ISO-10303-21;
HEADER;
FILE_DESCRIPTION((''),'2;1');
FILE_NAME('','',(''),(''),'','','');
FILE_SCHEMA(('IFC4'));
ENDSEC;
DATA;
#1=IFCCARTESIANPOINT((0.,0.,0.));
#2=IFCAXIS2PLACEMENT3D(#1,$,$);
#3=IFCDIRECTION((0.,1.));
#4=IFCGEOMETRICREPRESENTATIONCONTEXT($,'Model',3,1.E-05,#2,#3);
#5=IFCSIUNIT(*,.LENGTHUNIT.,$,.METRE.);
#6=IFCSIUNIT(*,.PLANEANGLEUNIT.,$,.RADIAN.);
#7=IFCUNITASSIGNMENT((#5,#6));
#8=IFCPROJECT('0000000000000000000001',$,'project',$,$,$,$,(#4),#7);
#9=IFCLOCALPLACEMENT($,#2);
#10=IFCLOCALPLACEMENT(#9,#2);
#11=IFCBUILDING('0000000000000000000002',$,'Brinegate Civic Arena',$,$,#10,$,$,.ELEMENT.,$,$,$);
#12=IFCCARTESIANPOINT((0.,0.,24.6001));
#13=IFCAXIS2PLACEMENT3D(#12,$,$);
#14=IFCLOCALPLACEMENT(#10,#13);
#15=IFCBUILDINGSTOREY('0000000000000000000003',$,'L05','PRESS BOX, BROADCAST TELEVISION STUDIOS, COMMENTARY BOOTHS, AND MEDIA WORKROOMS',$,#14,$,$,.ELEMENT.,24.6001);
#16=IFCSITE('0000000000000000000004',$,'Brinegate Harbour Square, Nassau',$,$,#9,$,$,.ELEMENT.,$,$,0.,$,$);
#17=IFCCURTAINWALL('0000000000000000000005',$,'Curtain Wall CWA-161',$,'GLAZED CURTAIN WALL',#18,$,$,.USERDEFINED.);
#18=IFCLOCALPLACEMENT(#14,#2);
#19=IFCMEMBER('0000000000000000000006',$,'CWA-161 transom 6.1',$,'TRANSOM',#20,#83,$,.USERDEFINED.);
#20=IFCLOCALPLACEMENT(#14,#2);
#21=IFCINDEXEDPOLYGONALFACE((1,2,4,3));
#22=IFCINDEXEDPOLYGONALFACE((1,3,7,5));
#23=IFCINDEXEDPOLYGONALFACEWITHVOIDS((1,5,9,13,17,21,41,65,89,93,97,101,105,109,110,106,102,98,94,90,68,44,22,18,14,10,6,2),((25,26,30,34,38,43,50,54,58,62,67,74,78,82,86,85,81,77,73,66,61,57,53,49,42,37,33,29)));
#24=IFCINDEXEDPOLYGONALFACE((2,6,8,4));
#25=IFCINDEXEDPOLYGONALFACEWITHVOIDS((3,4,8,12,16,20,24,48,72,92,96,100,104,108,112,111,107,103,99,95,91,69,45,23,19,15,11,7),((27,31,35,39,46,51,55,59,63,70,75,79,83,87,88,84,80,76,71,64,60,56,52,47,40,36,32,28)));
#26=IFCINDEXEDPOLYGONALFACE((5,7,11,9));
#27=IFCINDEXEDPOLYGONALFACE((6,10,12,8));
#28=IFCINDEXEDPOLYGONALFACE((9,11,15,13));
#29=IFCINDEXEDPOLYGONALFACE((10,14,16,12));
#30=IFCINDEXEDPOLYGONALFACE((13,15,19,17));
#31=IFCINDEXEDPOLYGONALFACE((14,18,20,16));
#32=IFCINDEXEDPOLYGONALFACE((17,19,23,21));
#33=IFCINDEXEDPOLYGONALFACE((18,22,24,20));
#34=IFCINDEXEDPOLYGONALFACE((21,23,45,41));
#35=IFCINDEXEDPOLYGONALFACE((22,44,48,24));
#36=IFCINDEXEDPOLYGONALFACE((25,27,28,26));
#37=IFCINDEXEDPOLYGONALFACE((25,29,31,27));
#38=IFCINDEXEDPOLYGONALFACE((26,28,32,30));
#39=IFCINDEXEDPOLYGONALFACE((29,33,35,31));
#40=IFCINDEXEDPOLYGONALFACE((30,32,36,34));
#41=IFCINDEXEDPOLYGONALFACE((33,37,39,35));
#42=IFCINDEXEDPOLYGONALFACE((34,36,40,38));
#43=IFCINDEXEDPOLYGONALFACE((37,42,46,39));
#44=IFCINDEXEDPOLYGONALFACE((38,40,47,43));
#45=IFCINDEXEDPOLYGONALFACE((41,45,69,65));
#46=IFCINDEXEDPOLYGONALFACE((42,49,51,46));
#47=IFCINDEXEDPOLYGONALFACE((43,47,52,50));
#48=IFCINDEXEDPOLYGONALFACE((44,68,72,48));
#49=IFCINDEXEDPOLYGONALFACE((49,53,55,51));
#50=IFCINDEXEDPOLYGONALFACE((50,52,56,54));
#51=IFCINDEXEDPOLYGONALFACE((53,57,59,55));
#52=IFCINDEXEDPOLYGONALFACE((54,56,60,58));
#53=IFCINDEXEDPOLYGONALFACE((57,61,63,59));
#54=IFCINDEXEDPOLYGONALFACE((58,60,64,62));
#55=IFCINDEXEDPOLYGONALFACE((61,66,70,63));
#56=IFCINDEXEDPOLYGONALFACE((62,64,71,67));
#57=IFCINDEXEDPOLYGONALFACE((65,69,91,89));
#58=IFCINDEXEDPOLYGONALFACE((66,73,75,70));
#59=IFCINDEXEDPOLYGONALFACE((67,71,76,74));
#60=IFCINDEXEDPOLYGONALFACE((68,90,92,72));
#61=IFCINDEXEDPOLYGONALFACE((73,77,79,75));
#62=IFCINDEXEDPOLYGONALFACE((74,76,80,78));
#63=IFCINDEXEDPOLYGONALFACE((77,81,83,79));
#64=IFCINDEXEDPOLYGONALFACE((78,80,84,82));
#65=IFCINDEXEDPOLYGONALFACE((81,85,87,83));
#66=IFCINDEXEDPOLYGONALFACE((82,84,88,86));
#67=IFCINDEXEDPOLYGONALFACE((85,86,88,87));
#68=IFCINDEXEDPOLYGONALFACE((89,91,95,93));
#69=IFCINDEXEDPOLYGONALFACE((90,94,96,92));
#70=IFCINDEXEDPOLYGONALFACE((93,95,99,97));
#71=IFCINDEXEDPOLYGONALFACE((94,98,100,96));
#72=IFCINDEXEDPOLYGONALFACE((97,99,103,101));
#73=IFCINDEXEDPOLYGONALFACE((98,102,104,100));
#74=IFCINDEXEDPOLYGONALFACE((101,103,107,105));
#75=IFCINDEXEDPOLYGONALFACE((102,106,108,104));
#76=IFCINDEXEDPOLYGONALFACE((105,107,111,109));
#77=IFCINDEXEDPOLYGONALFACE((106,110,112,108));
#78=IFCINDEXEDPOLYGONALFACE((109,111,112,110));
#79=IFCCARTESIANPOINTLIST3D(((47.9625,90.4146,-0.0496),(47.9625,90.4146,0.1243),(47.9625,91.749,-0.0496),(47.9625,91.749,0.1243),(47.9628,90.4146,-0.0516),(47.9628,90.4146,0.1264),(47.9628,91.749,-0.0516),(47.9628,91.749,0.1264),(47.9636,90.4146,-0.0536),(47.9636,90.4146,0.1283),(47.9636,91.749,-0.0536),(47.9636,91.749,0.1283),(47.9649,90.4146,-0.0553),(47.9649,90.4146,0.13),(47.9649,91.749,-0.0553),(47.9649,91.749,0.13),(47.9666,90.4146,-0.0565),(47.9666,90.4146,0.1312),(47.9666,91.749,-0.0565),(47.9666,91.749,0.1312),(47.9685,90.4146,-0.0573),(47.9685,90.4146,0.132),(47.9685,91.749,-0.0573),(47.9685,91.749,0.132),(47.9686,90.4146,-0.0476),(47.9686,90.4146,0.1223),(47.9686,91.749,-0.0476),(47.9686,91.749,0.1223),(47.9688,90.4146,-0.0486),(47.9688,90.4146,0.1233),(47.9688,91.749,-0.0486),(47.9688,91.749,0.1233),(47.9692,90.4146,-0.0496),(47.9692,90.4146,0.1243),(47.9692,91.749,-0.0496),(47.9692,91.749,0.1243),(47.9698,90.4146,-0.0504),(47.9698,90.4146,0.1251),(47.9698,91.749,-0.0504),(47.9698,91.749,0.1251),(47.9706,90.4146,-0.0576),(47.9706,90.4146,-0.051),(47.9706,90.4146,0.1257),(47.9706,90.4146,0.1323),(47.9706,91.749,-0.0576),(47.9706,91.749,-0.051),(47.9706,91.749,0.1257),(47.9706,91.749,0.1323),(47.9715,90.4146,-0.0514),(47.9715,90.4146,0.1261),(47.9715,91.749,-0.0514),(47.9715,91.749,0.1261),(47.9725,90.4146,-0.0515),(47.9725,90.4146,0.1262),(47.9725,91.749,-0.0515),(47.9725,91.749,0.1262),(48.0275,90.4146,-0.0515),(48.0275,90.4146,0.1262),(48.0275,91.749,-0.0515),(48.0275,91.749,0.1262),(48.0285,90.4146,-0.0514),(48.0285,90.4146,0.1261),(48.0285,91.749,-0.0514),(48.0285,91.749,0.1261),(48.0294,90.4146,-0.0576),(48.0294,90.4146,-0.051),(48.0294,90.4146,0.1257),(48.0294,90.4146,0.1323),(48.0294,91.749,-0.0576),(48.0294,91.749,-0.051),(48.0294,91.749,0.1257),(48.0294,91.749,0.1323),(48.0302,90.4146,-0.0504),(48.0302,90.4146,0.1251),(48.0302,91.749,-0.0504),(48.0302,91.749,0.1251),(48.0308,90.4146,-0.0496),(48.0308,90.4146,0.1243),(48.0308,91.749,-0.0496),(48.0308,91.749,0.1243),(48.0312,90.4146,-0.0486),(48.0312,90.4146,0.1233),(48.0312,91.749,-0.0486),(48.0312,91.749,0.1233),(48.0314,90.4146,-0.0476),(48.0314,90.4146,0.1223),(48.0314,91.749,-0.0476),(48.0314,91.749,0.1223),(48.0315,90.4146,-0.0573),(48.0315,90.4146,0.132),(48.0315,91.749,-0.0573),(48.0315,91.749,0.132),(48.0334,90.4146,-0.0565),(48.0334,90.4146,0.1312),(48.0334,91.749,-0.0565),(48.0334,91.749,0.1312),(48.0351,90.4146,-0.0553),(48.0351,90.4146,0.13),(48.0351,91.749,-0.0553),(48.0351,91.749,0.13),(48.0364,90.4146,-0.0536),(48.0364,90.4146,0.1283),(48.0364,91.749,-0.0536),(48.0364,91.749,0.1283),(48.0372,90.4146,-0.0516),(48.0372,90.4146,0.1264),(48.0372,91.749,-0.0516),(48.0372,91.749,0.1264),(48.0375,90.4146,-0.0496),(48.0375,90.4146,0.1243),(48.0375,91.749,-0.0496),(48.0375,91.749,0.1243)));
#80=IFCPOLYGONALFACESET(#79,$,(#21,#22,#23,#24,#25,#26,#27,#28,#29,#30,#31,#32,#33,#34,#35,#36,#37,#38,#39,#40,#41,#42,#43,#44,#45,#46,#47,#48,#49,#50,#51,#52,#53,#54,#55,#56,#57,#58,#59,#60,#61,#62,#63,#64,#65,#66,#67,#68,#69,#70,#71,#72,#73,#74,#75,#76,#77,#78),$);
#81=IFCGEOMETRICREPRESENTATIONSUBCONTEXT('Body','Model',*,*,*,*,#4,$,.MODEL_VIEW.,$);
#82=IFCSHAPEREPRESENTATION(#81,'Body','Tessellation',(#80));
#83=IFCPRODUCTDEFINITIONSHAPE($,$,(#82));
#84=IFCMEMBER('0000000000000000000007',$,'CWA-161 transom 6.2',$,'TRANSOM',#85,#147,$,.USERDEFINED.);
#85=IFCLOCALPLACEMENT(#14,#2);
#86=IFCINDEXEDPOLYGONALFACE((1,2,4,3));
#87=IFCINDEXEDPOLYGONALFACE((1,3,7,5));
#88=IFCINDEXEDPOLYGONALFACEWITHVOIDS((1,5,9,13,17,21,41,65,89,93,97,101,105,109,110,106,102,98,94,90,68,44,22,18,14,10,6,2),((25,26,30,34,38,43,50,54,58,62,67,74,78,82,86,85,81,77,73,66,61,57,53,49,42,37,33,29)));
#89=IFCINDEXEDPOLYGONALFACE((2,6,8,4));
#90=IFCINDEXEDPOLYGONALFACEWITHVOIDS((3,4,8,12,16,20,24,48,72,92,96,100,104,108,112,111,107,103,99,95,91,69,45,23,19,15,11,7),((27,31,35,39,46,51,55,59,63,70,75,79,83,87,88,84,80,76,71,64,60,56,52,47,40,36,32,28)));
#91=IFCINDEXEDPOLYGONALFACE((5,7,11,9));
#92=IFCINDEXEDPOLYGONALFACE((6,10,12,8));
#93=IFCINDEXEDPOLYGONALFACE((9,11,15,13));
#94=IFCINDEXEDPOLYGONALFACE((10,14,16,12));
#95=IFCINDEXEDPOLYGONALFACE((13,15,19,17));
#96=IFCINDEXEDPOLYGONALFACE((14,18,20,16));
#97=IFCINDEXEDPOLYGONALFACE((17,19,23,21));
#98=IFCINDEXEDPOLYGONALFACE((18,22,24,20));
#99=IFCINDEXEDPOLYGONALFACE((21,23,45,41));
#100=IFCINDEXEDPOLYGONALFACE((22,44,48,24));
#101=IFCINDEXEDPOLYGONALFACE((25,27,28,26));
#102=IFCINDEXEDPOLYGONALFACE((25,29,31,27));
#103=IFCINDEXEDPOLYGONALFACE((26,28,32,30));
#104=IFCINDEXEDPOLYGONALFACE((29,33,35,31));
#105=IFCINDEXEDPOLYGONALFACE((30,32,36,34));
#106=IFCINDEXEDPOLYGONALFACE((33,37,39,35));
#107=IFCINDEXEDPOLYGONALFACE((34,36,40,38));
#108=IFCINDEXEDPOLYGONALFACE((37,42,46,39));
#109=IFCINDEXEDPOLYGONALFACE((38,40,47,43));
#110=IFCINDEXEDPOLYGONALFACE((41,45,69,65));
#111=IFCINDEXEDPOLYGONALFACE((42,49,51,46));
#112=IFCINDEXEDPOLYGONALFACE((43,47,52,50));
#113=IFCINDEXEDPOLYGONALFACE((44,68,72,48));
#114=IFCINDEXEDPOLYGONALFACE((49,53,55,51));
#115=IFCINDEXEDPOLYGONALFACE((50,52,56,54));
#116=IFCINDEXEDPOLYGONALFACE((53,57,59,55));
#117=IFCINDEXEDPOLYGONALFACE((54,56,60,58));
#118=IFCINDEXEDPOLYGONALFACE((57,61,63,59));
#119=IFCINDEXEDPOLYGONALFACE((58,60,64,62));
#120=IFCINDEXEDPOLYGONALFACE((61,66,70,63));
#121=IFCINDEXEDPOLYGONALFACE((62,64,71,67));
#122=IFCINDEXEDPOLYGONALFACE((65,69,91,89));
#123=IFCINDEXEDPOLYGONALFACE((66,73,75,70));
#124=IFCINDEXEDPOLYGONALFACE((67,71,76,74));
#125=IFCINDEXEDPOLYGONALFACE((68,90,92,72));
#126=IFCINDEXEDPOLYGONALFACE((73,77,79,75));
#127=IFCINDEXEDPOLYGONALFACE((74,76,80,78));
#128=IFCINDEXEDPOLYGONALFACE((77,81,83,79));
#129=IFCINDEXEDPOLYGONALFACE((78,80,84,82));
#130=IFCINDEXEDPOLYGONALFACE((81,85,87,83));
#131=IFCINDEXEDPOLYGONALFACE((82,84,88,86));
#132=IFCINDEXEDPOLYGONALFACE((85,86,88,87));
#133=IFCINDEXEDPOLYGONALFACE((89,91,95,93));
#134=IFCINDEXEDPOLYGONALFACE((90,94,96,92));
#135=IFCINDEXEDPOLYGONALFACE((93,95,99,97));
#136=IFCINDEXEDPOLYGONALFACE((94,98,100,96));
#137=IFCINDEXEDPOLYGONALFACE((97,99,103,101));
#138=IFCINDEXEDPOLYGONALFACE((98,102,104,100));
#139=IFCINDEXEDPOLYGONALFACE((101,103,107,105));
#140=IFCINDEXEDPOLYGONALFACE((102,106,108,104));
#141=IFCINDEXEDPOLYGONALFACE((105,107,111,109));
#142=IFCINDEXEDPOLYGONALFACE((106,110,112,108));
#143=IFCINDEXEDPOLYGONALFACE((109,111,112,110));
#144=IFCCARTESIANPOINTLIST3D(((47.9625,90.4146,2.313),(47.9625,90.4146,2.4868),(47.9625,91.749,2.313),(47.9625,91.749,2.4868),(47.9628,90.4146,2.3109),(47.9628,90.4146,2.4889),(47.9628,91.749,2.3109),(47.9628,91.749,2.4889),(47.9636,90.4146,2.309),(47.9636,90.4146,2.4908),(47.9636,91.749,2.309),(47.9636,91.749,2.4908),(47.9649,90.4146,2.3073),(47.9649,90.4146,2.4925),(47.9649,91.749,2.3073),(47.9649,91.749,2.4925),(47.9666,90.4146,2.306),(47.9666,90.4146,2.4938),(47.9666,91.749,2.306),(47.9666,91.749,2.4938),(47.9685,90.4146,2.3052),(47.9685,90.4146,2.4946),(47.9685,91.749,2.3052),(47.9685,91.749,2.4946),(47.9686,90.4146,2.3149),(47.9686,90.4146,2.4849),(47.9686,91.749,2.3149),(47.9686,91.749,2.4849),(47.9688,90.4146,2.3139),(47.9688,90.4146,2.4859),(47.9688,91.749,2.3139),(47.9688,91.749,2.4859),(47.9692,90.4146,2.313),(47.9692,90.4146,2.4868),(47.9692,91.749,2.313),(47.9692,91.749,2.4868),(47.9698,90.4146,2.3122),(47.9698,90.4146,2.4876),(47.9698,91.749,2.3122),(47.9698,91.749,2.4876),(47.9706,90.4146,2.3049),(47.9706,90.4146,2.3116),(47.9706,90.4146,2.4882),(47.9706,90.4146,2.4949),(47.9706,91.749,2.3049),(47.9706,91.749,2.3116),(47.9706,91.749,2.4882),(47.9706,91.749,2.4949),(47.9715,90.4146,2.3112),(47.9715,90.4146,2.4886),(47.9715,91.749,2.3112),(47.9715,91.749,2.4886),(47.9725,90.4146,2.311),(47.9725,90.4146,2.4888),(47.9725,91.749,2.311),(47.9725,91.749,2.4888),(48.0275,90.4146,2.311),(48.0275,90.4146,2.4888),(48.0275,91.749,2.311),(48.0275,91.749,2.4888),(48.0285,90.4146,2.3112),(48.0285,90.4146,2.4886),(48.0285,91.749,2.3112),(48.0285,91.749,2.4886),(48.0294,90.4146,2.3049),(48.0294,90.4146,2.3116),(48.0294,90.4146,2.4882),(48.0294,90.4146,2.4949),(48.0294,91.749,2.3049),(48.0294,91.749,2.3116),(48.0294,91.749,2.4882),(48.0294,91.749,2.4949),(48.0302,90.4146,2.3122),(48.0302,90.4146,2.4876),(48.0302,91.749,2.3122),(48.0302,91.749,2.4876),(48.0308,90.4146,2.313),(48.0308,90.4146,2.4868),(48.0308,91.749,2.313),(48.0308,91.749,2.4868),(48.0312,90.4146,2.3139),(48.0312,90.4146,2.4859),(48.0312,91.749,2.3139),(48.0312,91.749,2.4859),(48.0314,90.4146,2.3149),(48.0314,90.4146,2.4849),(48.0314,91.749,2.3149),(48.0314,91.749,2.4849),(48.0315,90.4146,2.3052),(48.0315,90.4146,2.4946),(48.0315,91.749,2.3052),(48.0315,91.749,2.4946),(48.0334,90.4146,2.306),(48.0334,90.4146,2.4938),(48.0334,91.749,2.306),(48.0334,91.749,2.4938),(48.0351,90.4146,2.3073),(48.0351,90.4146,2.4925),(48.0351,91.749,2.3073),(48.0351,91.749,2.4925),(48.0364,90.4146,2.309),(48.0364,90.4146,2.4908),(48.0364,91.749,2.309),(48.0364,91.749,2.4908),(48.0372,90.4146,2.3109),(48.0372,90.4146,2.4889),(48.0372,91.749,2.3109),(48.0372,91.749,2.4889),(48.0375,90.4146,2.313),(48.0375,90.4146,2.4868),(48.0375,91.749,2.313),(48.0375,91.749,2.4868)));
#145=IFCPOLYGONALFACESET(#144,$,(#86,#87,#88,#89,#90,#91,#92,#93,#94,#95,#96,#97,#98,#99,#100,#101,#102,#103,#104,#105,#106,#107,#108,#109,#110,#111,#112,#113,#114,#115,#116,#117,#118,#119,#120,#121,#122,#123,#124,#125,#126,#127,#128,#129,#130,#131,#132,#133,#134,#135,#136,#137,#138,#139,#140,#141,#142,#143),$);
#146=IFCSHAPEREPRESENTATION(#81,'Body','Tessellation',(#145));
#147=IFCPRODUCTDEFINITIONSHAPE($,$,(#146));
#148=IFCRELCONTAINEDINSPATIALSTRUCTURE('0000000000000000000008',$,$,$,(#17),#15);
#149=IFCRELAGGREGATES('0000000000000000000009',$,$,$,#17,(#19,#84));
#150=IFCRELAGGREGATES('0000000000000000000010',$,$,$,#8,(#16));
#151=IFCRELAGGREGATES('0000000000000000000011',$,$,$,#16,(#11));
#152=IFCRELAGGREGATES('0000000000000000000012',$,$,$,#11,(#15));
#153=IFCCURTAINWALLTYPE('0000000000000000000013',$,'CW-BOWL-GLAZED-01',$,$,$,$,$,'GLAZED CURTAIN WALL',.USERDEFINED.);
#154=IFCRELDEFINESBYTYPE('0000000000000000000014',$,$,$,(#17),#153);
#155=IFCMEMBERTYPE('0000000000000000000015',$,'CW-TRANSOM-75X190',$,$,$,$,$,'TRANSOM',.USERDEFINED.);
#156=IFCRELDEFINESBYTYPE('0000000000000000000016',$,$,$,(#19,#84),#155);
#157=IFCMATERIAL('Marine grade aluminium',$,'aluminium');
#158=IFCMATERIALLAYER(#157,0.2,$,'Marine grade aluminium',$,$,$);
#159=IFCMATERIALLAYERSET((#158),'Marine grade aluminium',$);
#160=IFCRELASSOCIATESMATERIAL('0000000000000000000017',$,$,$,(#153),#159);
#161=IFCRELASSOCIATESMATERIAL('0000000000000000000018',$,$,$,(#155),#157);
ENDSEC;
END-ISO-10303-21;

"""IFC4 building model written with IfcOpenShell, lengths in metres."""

from ifc_helpers import new_model, si_unit, direction, frame, origin, origin_2d, place, context, subcontext, project, spatial, hollow_rectangle, extrude, material, layer, layer_set, material_profile, profile_set, type_object, element, aggregate, save


model = new_model("IFC4")

# Units and contexts
model_context = context("Model", 3, precision=1e-05, world=origin(), true_north=direction((0.0, 1.0)))
body_context = subcontext(model_context, "Body", "Model", "MODEL_VIEW")
ifc_project = project(units=[si_unit("LENGTHUNIT", "METRE"), si_unit("PLANEANGLEUNIT", "RADIAN")], contexts=[model_context])

# Site, building, storey
site_placement = place(None, origin())
site = spatial("IfcSite", under=ifc_project, at=site_placement, Name="Brinegate Harbour Square, Nassau", CompositionType="ELEMENT", RefElevation=0.0)
building_placement = place(site_placement, origin())
building = spatial("IfcBuilding", under=site, at=building_placement, Name="Brinegate Civic Arena", CompositionType="ELEMENT")
storey_placement = place(building_placement, frame((0.0, 0.0, 24.6001)))
storey = spatial("IfcBuildingStorey", under=building, at=storey_placement, Name="L05", Description="PRESS BOX, BROADCAST TELEVISION STUDIOS, COMMENTARY BOOTHS, AND MEDIA WORKROOMS", CompositionType="ELEMENT", Elevation=24.6001)

# Curtain wall
ifc_material_1 = material(Name="Marine grade aluminium", Category="aluminium")
ifc_layer_1 = layer(ifc_material_1, 0.2, Name="Marine grade aluminium")
ifc_layer_set_1 = layer_set([ifc_layer_1], Name="Marine grade aluminium")
curtain_wall_type = type_object("IfcCurtainWallType", Name="CW-BOWL-GLAZED-01", ElementType="GLAZED CURTAIN WALL", PredefinedType="USERDEFINED", material=ifc_layer_set_1)
curtain_wall_1_placement = place(storey_placement, origin())
curtain_wall_1 = element("IfcCurtainWall", 1, at=curtain_wall_1_placement, inside=storey, type_object=curtain_wall_type, Name="Curtain Wall CWA-161", ObjectType="GLAZED CURTAIN WALL", PredefinedType="USERDEFINED")

# Members
ifc_material_profile_1 = material_profile(ifc_material_1, hollow_rectangle(XDim=0.075, YDim=0.1899, WallThickness=0.0061, InnerFilletRadius=0.0039, OuterFilletRadius=0.0081, at=origin_2d()), Name="TRN75X190")
ifc_profile_set_1 = profile_set([ifc_material_profile_1], Name="Marine grade aluminium")
member_type_1 = type_object("IfcMemberType", Name="CW-TRANSOM-75X190", ElementType="TRANSOM", PredefinedType="USERDEFINED", material=ifc_profile_set_1)
member_1_placement = place(storey_placement, frame((48.0, 90.4146, 0.0374), z_axis=(0.0, 1.0, 0.0), x_axis=(-1.0, 0.0, 0.0)))
member_1 = element("IfcMember", 2, at=member_1_placement, type_object=member_type_1, Name="CWA-161 transom 6.1", ObjectType="TRANSOM", PredefinedType="USERDEFINED", context=body_context, shape_type="SweptSolid", body=[
    extrude(hollow_rectangle(XDim=0.075, YDim=0.1899, WallThickness=0.0061, InnerFilletRadius=0.0039, OuterFilletRadius=0.0081, at=origin_2d()), origin(), (0.0, 0.0, 1.0), 1.3345),
])
member_2_placement = place(storey_placement, frame((48.0, 90.4146, 2.3999), z_axis=(0.0, 1.0, 0.0), x_axis=(-1.0, 0.0, 0.0)))
member_2 = element("IfcMember", 3, at=member_2_placement, type_object=member_type_1, Name="CWA-161 transom 6.2", ObjectType="TRANSOM", PredefinedType="USERDEFINED", context=body_context, shape_type="SweptSolid", body=[
    extrude(hollow_rectangle(XDim=0.075, YDim=0.1899, WallThickness=0.0061, InnerFilletRadius=0.0039, OuterFilletRadius=0.0081, at=origin_2d()), origin(), (0.0, 0.0, 1.0), 1.3345),
])

aggregate(curtain_wall_1, [member_1, member_2])

save(model, "model.ifc")
